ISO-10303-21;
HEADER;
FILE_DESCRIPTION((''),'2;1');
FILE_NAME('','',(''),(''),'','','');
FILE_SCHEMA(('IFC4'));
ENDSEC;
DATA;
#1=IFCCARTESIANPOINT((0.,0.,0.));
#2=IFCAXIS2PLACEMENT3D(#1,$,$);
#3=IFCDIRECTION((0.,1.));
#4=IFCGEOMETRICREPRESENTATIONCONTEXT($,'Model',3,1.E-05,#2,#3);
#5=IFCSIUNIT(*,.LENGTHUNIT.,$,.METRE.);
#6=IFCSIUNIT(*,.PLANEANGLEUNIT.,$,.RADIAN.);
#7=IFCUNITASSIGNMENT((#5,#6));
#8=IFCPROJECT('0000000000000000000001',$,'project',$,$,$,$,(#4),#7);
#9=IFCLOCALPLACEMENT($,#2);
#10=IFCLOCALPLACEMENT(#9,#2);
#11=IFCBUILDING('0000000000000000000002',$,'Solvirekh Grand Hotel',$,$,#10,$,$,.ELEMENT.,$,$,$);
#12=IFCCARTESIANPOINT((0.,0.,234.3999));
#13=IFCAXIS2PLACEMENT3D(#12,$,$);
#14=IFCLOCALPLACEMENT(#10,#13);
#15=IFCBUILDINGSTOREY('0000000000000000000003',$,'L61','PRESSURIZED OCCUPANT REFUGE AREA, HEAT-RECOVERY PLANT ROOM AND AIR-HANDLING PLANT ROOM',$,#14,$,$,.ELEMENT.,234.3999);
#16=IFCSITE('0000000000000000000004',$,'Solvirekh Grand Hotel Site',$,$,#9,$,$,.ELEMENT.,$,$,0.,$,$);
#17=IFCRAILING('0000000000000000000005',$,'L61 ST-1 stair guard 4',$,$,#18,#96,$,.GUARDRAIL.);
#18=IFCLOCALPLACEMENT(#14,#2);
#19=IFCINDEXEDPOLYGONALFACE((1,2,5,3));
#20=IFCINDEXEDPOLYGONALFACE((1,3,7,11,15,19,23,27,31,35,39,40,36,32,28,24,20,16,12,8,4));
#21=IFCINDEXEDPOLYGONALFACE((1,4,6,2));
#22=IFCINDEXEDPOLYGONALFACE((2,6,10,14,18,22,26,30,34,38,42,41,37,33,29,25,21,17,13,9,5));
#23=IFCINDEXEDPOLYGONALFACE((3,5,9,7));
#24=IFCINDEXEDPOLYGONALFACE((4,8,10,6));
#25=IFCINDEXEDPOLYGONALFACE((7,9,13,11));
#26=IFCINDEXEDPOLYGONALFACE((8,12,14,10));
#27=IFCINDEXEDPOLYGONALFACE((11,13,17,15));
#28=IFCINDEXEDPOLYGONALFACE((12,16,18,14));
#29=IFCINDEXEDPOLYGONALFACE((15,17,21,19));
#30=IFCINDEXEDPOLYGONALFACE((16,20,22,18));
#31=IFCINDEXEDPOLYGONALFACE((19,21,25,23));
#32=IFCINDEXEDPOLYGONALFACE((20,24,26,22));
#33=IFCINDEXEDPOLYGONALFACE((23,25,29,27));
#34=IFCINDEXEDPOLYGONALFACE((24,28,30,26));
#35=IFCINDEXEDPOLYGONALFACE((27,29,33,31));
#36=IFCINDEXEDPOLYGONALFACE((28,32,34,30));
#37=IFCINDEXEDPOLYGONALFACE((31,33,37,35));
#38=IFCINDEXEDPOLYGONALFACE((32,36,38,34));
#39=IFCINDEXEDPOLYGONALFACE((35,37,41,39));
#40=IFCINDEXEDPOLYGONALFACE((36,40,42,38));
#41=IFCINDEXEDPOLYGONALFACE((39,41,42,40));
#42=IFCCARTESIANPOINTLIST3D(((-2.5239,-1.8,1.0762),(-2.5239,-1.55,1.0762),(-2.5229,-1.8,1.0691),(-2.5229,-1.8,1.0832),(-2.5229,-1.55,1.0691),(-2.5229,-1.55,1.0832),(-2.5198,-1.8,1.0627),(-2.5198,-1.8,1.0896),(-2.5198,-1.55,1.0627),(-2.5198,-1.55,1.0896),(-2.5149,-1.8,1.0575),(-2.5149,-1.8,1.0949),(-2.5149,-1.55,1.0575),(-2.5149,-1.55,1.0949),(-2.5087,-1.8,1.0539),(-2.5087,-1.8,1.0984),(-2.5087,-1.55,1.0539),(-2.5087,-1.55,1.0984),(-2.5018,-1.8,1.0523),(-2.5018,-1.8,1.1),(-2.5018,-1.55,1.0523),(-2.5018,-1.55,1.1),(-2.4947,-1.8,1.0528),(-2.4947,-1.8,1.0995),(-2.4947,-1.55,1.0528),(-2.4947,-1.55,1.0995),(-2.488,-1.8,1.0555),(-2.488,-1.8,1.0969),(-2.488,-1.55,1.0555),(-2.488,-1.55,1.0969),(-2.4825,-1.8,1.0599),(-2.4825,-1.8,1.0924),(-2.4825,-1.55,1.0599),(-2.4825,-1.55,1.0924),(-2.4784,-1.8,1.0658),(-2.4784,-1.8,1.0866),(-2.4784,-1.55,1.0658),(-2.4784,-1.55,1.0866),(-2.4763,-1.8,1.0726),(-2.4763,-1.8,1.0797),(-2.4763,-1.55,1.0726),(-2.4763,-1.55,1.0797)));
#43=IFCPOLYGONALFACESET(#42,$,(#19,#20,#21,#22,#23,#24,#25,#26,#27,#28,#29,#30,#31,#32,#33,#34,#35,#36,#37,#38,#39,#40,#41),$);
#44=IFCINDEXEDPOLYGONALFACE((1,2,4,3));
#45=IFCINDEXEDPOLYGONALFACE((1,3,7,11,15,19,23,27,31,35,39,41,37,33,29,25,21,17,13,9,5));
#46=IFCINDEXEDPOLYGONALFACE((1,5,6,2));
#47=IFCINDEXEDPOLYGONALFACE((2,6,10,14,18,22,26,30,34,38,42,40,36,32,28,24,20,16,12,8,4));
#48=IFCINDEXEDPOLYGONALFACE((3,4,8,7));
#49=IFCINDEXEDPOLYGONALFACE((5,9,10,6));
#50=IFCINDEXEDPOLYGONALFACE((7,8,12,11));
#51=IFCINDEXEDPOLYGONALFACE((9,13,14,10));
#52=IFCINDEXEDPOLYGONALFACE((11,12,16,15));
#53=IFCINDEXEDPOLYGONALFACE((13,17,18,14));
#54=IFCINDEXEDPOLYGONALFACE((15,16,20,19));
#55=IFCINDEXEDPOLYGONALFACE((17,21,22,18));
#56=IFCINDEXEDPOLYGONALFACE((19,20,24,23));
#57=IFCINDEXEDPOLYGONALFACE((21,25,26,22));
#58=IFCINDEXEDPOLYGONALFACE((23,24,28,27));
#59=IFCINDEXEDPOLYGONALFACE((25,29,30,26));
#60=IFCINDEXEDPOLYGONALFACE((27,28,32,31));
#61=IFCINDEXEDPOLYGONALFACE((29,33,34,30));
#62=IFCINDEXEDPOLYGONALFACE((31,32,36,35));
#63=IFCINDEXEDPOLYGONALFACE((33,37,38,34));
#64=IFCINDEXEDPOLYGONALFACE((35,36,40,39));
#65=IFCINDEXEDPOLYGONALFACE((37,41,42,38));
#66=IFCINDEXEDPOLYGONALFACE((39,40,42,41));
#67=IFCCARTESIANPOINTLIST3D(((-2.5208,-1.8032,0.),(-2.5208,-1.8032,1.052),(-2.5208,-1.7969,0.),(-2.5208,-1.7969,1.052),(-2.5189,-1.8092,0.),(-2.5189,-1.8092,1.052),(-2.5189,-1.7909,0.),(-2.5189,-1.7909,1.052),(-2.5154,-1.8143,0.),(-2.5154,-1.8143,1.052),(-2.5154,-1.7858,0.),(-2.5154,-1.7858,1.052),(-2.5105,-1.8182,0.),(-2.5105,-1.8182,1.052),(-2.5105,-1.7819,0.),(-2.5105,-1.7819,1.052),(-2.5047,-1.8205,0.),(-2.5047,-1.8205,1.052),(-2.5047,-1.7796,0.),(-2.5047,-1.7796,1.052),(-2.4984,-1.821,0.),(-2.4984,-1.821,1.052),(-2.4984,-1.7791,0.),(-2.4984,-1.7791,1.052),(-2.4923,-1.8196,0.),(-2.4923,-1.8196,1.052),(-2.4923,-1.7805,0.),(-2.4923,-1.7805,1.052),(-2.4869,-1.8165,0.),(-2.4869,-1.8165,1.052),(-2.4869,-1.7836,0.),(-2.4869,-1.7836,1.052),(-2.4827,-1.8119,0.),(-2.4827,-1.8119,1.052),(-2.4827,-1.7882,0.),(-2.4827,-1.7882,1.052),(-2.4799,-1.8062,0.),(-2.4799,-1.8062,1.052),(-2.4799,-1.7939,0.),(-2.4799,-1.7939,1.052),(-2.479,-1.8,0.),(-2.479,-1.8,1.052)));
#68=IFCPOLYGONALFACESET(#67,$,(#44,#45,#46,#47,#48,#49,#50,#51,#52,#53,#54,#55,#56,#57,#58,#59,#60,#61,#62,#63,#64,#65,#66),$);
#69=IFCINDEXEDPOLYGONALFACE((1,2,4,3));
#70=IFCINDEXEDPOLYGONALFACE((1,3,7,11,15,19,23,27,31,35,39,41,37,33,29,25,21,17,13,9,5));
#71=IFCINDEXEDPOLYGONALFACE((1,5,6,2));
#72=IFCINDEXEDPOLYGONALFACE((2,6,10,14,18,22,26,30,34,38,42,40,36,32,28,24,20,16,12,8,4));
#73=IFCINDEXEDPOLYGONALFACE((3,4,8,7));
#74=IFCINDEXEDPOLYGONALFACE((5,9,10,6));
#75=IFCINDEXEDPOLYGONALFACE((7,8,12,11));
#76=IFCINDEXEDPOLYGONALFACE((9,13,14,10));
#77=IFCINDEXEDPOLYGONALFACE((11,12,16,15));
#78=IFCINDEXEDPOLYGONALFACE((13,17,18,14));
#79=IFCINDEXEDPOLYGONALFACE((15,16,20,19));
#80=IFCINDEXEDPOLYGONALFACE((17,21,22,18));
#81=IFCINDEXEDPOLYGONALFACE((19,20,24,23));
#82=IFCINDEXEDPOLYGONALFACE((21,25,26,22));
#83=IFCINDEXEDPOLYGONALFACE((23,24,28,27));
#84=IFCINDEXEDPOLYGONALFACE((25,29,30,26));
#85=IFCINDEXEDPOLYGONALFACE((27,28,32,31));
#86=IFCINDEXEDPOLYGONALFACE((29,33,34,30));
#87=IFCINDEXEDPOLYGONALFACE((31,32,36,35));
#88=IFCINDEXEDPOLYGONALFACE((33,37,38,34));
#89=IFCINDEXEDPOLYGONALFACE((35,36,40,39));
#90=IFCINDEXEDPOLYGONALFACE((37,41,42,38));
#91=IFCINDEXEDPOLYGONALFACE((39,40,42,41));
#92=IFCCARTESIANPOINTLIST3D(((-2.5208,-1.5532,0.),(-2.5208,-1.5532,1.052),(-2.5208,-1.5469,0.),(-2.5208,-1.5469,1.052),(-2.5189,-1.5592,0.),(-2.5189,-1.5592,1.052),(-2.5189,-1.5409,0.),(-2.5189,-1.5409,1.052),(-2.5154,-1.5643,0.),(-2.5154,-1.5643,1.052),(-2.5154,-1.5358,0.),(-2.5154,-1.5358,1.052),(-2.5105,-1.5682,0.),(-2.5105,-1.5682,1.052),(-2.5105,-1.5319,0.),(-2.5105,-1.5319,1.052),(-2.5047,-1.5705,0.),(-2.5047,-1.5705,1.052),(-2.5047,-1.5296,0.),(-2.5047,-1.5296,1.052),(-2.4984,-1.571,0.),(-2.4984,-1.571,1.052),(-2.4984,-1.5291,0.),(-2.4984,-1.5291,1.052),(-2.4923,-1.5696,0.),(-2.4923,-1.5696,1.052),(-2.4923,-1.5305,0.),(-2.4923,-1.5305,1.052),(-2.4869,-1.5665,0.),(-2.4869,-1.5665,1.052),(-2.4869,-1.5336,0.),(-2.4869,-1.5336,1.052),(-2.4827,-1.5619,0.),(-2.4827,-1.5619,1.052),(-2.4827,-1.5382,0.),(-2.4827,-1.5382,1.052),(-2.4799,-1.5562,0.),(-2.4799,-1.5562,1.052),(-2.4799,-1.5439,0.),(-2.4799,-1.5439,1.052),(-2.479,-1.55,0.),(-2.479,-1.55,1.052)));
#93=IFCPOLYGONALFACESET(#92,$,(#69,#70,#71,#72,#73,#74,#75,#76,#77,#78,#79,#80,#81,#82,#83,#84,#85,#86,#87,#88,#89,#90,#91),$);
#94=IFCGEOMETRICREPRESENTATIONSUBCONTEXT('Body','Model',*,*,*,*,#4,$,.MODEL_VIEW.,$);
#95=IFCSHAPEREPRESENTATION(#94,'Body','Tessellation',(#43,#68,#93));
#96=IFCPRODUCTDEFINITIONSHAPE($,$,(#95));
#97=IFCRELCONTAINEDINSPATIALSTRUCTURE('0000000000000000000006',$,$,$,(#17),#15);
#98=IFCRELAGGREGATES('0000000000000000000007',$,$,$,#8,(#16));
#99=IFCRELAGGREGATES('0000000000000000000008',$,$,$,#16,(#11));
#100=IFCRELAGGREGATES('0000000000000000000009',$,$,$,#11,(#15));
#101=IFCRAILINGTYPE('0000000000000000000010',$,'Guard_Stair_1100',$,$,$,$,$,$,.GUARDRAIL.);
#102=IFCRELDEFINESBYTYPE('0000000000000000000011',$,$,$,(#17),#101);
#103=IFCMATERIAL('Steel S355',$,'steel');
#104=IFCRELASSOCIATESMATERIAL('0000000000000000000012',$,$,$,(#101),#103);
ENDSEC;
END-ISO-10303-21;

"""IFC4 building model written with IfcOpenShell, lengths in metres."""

from ifc_helpers import new_model, si_unit, direction, frame, origin, origin_2d, place, context, subcontext, project, spatial, circle, extrude, material, type_object, element, save


model = new_model("IFC4")

# Units and contexts
model_context = context("Model", 3, precision=1e-05, world=origin(), true_north=direction((0.0, 1.0)))
body_context = subcontext(model_context, "Body", "Model", "MODEL_VIEW")
ifc_project = project(units=[si_unit("LENGTHUNIT", "METRE"), si_unit("PLANEANGLEUNIT", "RADIAN")], contexts=[model_context])

# Site, building, storey
site_placement = place(None, origin())
site = spatial("IfcSite", under=ifc_project, at=site_placement, Name="Solvirekh Grand Hotel Site", CompositionType="ELEMENT", RefElevation=0.0)
building_placement = place(site_placement, origin())
building = spatial("IfcBuilding", under=site, at=building_placement, Name="Solvirekh Grand Hotel", CompositionType="ELEMENT")
storey_placement = place(building_placement, frame((0.0, 0.0, 234.3999)))
storey = spatial("IfcBuildingStorey", under=building, at=storey_placement, Name="L61", Description="PRESSURIZED OCCUPANT REFUGE AREA, HEAT-RECOVERY PLANT ROOM AND AIR-HANDLING PLANT ROOM", CompositionType="ELEMENT", Elevation=234.3999)

# Railing
ifc_material_1 = material(Name="Steel S355", Category="steel")
railing_type_1 = type_object("IfcRailingType", Name="Guard_Stair_1100", PredefinedType="GUARDRAIL", material=ifc_material_1)
railing_1_placement = place(storey_placement, frame((-2.5, -1.8, 0.0)))
element("IfcRailing", 1, at=railing_1_placement, inside=storey, type_object=railing_type_1, Name="L61 ST-1 stair guard 4", PredefinedType="GUARDRAIL", context=body_context, shape_type="SweptSolid", body=[
    extrude(circle(Radius=0.0239, at=origin_2d()), frame((0.0, 0.0, 1.0762), z_axis=(0.0, 1.0, 0.0), x_axis=(-1.0, 0.0, 0.0)), (0.0, 0.0, 1.0), 0.25),
    extrude(circle(Radius=0.021, at=origin_2d()), origin(), (0.0, 0.0, 1.0), 1.052),
    extrude(circle(Radius=0.021, at=origin_2d()), frame((0.0, 0.25, 0.0)), (0.0, 0.0, 1.0), 1.052),
])

save(model, "model.ifc")
